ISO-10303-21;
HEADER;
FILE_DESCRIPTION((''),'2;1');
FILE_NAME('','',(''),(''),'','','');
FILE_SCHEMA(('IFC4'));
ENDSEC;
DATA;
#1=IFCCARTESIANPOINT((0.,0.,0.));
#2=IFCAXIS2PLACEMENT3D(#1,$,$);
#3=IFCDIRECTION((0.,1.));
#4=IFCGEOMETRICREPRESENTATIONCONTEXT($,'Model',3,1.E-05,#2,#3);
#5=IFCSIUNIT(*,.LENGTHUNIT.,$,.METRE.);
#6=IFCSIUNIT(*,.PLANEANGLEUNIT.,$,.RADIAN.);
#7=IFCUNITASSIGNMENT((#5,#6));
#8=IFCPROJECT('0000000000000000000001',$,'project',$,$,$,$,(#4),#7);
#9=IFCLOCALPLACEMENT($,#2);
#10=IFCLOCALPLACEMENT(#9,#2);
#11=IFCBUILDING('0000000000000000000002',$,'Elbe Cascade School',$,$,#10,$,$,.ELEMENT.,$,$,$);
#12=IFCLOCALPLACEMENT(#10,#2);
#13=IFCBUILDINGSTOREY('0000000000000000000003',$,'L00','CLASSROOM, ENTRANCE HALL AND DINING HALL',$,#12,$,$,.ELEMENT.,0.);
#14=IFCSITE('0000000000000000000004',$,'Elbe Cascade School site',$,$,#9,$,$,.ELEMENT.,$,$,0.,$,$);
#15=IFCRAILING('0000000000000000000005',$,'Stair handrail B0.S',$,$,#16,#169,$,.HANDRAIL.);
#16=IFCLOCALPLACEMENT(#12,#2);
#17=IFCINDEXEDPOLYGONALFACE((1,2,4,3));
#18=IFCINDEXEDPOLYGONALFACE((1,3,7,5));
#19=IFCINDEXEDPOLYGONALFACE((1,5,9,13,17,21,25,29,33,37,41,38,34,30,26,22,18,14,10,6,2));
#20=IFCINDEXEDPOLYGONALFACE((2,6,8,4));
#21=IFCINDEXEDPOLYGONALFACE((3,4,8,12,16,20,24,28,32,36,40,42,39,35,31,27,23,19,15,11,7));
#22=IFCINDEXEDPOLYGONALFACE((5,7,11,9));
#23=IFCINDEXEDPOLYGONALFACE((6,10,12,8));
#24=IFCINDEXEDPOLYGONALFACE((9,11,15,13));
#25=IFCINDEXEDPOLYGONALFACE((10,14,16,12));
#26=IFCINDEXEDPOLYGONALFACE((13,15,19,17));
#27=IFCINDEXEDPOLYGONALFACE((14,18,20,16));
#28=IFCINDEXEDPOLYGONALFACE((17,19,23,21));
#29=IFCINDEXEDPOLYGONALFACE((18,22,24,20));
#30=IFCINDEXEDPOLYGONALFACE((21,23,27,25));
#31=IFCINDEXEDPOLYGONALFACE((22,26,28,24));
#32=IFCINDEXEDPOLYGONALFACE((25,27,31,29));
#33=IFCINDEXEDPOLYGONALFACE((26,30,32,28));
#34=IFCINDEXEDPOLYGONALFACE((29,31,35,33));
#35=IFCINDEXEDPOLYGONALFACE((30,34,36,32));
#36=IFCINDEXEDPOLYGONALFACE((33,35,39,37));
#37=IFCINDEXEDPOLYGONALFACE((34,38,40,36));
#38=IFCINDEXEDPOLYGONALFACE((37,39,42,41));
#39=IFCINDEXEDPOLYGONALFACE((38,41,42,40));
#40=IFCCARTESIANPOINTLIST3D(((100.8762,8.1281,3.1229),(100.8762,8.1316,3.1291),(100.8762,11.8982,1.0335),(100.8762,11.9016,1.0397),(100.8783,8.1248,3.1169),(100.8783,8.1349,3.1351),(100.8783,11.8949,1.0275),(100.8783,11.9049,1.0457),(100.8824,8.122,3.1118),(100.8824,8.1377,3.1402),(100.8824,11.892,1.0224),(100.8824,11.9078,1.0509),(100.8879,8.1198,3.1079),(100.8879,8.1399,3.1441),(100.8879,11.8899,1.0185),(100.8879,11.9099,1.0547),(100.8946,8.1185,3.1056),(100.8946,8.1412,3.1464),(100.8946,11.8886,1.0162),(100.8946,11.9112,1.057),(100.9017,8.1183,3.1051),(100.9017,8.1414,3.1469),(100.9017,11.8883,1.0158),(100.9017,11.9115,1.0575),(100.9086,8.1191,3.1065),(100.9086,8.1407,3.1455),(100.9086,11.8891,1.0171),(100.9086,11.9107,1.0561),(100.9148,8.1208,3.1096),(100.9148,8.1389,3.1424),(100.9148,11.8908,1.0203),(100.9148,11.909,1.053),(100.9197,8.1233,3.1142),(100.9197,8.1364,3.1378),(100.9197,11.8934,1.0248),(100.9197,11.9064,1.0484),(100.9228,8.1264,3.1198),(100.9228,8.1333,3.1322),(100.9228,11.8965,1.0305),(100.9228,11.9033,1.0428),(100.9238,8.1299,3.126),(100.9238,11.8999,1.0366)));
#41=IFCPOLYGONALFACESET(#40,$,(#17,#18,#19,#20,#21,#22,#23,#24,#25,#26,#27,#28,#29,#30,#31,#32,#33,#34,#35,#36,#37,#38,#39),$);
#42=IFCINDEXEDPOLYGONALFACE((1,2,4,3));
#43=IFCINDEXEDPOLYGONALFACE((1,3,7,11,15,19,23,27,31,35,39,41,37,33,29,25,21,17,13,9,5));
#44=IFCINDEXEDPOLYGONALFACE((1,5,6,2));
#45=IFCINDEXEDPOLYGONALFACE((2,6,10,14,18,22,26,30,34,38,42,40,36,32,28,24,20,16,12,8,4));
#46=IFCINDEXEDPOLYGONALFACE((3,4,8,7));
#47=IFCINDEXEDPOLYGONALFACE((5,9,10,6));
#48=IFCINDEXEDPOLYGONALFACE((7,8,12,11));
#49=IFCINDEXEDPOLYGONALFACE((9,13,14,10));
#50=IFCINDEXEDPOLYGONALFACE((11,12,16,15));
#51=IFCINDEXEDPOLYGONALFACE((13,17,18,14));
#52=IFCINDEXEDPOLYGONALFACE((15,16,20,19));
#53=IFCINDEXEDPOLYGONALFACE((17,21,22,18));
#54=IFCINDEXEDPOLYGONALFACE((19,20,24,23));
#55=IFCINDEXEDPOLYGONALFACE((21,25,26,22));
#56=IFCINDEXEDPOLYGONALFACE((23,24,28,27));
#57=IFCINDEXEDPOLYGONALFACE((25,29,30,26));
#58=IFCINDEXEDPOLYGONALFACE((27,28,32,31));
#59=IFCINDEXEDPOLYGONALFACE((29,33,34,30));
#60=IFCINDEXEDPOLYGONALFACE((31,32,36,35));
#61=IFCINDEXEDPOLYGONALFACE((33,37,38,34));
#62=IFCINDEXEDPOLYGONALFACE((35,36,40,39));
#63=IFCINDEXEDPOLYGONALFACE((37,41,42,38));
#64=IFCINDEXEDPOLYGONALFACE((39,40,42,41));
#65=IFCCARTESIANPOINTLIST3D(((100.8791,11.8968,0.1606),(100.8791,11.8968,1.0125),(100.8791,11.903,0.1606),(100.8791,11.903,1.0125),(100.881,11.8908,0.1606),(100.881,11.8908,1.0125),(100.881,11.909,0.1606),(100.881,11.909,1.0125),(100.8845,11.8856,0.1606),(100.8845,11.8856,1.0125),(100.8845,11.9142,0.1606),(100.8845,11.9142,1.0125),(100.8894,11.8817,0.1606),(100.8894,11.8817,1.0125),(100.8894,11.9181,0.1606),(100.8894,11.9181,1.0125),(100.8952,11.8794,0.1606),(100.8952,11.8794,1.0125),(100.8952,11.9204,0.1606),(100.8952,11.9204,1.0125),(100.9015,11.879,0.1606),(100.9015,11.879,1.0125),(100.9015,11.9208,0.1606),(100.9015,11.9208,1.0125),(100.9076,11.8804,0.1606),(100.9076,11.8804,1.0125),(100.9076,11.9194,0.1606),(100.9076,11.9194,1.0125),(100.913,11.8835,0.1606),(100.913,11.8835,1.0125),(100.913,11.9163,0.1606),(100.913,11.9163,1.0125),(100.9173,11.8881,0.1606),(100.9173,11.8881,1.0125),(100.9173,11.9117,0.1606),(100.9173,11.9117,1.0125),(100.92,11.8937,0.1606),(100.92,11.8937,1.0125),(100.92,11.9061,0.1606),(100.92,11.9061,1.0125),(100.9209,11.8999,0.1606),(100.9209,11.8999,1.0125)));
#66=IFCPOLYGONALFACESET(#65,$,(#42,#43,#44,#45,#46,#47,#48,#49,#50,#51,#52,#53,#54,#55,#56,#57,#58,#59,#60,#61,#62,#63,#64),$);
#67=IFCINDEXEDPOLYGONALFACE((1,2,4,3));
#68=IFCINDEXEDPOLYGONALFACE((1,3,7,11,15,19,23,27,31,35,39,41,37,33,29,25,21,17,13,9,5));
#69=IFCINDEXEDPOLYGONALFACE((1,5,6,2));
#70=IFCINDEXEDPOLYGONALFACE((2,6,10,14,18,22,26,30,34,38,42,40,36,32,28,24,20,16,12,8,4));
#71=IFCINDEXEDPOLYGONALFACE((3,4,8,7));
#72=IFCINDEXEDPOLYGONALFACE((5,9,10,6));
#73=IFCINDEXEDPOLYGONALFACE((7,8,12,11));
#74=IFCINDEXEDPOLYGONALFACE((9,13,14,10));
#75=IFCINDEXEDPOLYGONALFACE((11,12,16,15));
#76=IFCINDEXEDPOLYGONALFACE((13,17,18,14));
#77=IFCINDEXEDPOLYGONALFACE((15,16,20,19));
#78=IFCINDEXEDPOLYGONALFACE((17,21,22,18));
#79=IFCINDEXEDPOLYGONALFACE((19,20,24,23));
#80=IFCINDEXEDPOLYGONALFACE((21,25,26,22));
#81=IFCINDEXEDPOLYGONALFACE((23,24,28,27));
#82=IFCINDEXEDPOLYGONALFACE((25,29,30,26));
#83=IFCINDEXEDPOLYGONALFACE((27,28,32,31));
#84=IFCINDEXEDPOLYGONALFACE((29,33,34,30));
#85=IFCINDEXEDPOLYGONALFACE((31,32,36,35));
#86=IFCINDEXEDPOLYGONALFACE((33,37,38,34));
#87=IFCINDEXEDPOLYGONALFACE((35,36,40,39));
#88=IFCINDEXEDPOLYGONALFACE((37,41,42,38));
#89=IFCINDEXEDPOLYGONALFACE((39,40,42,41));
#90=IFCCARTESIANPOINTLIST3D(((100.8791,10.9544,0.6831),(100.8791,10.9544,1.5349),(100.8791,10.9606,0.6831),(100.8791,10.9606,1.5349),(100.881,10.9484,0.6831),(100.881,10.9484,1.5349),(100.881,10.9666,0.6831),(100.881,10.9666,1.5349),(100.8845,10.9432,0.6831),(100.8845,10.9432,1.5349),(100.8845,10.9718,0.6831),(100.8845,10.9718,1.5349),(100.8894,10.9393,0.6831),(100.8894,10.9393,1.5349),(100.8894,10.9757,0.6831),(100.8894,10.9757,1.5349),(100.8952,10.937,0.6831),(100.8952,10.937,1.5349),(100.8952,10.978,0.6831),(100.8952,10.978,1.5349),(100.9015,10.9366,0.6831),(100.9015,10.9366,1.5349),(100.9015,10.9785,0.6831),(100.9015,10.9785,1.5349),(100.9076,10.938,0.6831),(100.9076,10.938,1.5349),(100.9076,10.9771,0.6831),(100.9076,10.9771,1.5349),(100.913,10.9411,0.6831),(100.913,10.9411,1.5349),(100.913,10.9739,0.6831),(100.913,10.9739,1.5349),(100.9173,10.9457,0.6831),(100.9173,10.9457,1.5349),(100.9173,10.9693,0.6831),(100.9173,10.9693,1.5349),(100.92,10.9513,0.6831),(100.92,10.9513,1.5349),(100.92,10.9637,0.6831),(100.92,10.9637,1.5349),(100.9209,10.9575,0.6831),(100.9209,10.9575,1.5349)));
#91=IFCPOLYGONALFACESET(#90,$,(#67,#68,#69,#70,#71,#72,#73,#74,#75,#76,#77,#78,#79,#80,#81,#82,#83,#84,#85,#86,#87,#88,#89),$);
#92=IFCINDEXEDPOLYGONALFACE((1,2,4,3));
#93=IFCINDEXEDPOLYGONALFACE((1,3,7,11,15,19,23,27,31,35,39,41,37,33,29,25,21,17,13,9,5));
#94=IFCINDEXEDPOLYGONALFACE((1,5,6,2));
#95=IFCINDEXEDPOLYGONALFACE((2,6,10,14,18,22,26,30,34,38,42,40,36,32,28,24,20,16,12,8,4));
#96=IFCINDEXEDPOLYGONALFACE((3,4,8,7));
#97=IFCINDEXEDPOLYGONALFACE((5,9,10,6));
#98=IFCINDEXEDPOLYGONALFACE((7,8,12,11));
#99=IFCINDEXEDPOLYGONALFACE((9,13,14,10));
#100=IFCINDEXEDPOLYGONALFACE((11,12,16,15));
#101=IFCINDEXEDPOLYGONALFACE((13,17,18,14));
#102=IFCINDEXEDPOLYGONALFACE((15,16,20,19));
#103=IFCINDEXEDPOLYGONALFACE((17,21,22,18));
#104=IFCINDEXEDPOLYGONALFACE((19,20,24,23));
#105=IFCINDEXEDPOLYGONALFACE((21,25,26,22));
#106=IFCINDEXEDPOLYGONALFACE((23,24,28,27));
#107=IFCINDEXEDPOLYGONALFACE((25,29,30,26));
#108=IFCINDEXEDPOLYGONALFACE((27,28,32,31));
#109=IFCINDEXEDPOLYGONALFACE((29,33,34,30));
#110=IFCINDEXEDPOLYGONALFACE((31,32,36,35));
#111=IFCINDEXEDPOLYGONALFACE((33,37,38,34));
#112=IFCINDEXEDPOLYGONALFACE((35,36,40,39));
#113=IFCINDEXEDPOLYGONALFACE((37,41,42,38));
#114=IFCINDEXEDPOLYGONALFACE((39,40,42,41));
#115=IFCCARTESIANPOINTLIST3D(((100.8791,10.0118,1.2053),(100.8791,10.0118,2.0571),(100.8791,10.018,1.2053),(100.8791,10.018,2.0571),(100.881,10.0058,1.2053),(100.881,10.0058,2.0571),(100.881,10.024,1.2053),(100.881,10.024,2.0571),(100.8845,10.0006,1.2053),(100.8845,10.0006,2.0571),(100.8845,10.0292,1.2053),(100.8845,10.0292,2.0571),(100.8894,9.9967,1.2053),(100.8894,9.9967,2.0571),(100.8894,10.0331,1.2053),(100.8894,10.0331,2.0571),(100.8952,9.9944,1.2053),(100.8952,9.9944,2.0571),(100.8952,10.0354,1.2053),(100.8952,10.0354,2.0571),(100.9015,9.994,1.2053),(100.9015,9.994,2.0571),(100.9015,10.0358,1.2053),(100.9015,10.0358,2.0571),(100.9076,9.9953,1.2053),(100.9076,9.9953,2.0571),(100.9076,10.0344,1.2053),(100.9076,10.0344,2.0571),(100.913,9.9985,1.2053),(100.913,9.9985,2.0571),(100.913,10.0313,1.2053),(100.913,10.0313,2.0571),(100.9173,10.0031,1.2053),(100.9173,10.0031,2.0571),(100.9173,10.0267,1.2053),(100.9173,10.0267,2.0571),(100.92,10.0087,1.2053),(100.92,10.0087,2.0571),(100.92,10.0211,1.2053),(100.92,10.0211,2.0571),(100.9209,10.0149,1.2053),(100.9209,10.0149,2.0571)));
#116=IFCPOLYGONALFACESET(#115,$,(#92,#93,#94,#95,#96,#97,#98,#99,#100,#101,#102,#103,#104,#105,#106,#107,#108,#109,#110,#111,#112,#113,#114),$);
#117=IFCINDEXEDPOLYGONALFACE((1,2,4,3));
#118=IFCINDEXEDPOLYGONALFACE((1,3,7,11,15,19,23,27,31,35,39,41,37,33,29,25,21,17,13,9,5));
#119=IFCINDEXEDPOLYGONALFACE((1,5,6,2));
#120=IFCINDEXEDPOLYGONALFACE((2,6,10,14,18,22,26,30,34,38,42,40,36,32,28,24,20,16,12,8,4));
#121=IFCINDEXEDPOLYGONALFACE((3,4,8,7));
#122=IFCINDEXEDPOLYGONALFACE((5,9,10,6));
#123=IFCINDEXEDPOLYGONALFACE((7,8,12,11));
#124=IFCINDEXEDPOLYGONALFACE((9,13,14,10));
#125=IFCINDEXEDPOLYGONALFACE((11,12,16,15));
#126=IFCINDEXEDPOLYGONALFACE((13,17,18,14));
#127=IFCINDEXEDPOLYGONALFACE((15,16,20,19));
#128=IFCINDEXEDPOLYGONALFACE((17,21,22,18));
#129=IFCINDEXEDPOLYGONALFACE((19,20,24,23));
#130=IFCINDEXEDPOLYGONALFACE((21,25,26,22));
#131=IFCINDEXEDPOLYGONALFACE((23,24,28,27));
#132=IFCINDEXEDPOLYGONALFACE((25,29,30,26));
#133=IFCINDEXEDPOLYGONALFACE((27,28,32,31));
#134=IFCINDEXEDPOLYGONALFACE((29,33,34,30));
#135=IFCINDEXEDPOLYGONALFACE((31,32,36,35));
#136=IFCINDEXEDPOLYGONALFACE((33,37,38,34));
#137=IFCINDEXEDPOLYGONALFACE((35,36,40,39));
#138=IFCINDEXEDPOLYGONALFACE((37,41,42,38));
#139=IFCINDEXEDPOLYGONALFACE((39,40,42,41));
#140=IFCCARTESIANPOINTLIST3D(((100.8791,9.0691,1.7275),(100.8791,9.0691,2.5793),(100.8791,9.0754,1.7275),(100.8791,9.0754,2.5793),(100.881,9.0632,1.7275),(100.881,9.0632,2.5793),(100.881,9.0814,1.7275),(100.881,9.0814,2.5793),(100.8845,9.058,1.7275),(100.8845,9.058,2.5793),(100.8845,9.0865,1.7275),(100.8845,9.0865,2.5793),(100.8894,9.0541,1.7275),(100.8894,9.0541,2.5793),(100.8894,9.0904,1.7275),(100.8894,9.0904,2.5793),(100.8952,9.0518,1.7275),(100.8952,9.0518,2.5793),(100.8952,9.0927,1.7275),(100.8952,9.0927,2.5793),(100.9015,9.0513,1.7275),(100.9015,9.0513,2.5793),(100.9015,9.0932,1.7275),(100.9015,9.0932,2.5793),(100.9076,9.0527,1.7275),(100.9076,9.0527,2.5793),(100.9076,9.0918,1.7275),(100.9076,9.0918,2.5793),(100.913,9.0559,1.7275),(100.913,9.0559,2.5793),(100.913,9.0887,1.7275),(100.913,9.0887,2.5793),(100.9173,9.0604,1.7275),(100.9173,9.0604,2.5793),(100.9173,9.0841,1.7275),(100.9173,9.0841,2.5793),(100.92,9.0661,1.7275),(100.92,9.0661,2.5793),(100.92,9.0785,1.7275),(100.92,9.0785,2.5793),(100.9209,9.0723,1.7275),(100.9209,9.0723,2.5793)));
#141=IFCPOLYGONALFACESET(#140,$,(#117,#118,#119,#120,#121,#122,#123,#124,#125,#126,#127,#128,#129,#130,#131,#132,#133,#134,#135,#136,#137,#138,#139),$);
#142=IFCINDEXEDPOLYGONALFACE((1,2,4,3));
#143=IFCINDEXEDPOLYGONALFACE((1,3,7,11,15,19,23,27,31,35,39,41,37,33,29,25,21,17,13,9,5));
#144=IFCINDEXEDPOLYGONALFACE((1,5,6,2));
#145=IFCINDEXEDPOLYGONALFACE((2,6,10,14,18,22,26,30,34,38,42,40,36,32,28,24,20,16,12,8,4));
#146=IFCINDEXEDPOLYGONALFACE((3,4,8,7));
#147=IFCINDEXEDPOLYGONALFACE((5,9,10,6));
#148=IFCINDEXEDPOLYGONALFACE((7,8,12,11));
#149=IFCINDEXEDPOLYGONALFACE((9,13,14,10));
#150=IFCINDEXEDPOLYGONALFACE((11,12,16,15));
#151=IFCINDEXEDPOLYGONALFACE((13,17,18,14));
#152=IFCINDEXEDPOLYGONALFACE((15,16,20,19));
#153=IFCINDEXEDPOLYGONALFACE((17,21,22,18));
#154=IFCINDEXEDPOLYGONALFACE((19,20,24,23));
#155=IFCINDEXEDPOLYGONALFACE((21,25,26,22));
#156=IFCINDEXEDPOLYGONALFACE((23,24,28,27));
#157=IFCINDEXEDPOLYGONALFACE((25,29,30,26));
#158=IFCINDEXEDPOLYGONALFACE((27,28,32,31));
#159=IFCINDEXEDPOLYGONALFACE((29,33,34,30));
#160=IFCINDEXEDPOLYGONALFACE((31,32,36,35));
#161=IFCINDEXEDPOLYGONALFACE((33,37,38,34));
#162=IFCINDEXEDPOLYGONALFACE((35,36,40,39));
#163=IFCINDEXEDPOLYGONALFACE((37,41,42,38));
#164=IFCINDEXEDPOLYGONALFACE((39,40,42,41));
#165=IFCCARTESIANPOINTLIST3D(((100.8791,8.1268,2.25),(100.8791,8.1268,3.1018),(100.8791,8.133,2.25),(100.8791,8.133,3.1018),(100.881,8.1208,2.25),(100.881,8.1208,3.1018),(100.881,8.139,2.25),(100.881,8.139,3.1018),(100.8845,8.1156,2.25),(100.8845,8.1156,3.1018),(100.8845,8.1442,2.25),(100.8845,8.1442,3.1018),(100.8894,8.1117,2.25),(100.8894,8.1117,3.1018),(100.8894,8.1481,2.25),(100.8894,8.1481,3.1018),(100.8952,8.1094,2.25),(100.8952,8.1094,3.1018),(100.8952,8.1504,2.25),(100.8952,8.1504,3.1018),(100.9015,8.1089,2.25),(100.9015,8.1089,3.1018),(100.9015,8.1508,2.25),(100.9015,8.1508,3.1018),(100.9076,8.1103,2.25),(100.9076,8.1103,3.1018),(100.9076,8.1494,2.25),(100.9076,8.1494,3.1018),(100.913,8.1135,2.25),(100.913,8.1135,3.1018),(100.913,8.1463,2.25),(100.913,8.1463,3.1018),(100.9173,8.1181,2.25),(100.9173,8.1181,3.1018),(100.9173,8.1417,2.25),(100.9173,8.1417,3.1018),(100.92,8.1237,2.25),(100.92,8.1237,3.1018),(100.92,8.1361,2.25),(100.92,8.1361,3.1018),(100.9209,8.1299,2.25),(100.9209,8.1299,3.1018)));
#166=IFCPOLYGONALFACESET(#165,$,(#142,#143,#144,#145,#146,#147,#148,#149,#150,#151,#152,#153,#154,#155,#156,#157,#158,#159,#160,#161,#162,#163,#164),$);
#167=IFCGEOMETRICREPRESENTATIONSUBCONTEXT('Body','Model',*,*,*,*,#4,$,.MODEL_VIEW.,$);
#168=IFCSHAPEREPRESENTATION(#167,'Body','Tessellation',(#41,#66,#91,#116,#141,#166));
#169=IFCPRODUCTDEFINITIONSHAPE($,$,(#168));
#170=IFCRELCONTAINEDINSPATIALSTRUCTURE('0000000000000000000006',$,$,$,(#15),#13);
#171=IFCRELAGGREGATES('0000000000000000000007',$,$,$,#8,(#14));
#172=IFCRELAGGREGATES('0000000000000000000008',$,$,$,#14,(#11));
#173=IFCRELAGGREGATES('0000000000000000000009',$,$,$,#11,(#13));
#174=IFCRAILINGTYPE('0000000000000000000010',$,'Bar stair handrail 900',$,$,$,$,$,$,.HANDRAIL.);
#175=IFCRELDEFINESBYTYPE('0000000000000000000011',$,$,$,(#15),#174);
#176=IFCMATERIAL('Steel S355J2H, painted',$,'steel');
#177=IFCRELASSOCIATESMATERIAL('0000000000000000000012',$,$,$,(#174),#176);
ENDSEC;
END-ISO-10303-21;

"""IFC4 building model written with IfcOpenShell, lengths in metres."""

from ifc_helpers import new_model, si_unit, direction, frame, origin, origin_2d, place, context, subcontext, project, spatial, circle, extrude, material, type_object, element, save


model = new_model("IFC4")

# Units and contexts
model_context = context("Model", 3, precision=1e-05, world=origin(), true_north=direction((0.0, 1.0)))
body_context = subcontext(model_context, "Body", "Model", "MODEL_VIEW")
ifc_project = project(units=[si_unit("LENGTHUNIT", "METRE"), si_unit("PLANEANGLEUNIT", "RADIAN")], contexts=[model_context])

# Site, building, storey
site_placement = place(None, origin())
site = spatial("IfcSite", under=ifc_project, at=site_placement, Name="Elbe Cascade School site", CompositionType="ELEMENT", RefElevation=0.0)
building_placement = place(site_placement, origin())
building = spatial("IfcBuilding", under=site, at=building_placement, Name="Elbe Cascade School", CompositionType="ELEMENT")
storey_placement = place(building_placement, origin())
storey = spatial("IfcBuildingStorey", under=building, at=storey_placement, Name="L00", Description="CLASSROOM, ENTRANCE HALL AND DINING HALL", CompositionType="ELEMENT", Elevation=0.0)

# Railing
ifc_material_1 = material(Name="Steel S355J2H, painted", Category="steel")
railing_type_1 = type_object("IfcRailingType", Name="Bar stair handrail 900", PredefinedType="HANDRAIL", material=ifc_material_1)
railing_1_placement = place(storey_placement, frame((100.8999, 11.8999, 0.1606)))
element("IfcRailing", 1, at=railing_1_placement, inside=storey, type_object=railing_type_1, Name="Stair handrail B0.S", PredefinedType="HANDRAIL", context=body_context, shape_type="SweptSolid", body=[
    extrude(circle(Radius=0.0239, at=origin_2d()), frame((0.0, 0.0, 0.876), z_axis=(0.0, -0.874659, 0.484739), x_axis=(1.0, 0.0, 0.0)), (0.0, 0.0, 1.0), 4.3103),
    extrude(circle(Radius=0.021, at=origin_2d()), origin(), (0.0, 0.0, 1.0), 0.8518),
    extrude(circle(Radius=0.021, at=origin_2d()), frame((0.0, -0.9424, 0.5225)), (0.0, 0.0, 1.0), 0.8518),
    extrude(circle(Radius=0.021, at=origin_2d()), frame((0.0, -1.885, 1.0447)), (0.0, 0.0, 1.0), 0.8518),
    extrude(circle(Radius=0.021, at=origin_2d()), frame((0.0, -2.8276, 1.5669)), (0.0, 0.0, 1.0), 0.8518),
    extrude(circle(Radius=0.021, at=origin_2d()), frame((0.0, -3.77, 2.0894)), (0.0, 0.0, 1.0), 0.8518),
])

save(model, "model.ifc")
